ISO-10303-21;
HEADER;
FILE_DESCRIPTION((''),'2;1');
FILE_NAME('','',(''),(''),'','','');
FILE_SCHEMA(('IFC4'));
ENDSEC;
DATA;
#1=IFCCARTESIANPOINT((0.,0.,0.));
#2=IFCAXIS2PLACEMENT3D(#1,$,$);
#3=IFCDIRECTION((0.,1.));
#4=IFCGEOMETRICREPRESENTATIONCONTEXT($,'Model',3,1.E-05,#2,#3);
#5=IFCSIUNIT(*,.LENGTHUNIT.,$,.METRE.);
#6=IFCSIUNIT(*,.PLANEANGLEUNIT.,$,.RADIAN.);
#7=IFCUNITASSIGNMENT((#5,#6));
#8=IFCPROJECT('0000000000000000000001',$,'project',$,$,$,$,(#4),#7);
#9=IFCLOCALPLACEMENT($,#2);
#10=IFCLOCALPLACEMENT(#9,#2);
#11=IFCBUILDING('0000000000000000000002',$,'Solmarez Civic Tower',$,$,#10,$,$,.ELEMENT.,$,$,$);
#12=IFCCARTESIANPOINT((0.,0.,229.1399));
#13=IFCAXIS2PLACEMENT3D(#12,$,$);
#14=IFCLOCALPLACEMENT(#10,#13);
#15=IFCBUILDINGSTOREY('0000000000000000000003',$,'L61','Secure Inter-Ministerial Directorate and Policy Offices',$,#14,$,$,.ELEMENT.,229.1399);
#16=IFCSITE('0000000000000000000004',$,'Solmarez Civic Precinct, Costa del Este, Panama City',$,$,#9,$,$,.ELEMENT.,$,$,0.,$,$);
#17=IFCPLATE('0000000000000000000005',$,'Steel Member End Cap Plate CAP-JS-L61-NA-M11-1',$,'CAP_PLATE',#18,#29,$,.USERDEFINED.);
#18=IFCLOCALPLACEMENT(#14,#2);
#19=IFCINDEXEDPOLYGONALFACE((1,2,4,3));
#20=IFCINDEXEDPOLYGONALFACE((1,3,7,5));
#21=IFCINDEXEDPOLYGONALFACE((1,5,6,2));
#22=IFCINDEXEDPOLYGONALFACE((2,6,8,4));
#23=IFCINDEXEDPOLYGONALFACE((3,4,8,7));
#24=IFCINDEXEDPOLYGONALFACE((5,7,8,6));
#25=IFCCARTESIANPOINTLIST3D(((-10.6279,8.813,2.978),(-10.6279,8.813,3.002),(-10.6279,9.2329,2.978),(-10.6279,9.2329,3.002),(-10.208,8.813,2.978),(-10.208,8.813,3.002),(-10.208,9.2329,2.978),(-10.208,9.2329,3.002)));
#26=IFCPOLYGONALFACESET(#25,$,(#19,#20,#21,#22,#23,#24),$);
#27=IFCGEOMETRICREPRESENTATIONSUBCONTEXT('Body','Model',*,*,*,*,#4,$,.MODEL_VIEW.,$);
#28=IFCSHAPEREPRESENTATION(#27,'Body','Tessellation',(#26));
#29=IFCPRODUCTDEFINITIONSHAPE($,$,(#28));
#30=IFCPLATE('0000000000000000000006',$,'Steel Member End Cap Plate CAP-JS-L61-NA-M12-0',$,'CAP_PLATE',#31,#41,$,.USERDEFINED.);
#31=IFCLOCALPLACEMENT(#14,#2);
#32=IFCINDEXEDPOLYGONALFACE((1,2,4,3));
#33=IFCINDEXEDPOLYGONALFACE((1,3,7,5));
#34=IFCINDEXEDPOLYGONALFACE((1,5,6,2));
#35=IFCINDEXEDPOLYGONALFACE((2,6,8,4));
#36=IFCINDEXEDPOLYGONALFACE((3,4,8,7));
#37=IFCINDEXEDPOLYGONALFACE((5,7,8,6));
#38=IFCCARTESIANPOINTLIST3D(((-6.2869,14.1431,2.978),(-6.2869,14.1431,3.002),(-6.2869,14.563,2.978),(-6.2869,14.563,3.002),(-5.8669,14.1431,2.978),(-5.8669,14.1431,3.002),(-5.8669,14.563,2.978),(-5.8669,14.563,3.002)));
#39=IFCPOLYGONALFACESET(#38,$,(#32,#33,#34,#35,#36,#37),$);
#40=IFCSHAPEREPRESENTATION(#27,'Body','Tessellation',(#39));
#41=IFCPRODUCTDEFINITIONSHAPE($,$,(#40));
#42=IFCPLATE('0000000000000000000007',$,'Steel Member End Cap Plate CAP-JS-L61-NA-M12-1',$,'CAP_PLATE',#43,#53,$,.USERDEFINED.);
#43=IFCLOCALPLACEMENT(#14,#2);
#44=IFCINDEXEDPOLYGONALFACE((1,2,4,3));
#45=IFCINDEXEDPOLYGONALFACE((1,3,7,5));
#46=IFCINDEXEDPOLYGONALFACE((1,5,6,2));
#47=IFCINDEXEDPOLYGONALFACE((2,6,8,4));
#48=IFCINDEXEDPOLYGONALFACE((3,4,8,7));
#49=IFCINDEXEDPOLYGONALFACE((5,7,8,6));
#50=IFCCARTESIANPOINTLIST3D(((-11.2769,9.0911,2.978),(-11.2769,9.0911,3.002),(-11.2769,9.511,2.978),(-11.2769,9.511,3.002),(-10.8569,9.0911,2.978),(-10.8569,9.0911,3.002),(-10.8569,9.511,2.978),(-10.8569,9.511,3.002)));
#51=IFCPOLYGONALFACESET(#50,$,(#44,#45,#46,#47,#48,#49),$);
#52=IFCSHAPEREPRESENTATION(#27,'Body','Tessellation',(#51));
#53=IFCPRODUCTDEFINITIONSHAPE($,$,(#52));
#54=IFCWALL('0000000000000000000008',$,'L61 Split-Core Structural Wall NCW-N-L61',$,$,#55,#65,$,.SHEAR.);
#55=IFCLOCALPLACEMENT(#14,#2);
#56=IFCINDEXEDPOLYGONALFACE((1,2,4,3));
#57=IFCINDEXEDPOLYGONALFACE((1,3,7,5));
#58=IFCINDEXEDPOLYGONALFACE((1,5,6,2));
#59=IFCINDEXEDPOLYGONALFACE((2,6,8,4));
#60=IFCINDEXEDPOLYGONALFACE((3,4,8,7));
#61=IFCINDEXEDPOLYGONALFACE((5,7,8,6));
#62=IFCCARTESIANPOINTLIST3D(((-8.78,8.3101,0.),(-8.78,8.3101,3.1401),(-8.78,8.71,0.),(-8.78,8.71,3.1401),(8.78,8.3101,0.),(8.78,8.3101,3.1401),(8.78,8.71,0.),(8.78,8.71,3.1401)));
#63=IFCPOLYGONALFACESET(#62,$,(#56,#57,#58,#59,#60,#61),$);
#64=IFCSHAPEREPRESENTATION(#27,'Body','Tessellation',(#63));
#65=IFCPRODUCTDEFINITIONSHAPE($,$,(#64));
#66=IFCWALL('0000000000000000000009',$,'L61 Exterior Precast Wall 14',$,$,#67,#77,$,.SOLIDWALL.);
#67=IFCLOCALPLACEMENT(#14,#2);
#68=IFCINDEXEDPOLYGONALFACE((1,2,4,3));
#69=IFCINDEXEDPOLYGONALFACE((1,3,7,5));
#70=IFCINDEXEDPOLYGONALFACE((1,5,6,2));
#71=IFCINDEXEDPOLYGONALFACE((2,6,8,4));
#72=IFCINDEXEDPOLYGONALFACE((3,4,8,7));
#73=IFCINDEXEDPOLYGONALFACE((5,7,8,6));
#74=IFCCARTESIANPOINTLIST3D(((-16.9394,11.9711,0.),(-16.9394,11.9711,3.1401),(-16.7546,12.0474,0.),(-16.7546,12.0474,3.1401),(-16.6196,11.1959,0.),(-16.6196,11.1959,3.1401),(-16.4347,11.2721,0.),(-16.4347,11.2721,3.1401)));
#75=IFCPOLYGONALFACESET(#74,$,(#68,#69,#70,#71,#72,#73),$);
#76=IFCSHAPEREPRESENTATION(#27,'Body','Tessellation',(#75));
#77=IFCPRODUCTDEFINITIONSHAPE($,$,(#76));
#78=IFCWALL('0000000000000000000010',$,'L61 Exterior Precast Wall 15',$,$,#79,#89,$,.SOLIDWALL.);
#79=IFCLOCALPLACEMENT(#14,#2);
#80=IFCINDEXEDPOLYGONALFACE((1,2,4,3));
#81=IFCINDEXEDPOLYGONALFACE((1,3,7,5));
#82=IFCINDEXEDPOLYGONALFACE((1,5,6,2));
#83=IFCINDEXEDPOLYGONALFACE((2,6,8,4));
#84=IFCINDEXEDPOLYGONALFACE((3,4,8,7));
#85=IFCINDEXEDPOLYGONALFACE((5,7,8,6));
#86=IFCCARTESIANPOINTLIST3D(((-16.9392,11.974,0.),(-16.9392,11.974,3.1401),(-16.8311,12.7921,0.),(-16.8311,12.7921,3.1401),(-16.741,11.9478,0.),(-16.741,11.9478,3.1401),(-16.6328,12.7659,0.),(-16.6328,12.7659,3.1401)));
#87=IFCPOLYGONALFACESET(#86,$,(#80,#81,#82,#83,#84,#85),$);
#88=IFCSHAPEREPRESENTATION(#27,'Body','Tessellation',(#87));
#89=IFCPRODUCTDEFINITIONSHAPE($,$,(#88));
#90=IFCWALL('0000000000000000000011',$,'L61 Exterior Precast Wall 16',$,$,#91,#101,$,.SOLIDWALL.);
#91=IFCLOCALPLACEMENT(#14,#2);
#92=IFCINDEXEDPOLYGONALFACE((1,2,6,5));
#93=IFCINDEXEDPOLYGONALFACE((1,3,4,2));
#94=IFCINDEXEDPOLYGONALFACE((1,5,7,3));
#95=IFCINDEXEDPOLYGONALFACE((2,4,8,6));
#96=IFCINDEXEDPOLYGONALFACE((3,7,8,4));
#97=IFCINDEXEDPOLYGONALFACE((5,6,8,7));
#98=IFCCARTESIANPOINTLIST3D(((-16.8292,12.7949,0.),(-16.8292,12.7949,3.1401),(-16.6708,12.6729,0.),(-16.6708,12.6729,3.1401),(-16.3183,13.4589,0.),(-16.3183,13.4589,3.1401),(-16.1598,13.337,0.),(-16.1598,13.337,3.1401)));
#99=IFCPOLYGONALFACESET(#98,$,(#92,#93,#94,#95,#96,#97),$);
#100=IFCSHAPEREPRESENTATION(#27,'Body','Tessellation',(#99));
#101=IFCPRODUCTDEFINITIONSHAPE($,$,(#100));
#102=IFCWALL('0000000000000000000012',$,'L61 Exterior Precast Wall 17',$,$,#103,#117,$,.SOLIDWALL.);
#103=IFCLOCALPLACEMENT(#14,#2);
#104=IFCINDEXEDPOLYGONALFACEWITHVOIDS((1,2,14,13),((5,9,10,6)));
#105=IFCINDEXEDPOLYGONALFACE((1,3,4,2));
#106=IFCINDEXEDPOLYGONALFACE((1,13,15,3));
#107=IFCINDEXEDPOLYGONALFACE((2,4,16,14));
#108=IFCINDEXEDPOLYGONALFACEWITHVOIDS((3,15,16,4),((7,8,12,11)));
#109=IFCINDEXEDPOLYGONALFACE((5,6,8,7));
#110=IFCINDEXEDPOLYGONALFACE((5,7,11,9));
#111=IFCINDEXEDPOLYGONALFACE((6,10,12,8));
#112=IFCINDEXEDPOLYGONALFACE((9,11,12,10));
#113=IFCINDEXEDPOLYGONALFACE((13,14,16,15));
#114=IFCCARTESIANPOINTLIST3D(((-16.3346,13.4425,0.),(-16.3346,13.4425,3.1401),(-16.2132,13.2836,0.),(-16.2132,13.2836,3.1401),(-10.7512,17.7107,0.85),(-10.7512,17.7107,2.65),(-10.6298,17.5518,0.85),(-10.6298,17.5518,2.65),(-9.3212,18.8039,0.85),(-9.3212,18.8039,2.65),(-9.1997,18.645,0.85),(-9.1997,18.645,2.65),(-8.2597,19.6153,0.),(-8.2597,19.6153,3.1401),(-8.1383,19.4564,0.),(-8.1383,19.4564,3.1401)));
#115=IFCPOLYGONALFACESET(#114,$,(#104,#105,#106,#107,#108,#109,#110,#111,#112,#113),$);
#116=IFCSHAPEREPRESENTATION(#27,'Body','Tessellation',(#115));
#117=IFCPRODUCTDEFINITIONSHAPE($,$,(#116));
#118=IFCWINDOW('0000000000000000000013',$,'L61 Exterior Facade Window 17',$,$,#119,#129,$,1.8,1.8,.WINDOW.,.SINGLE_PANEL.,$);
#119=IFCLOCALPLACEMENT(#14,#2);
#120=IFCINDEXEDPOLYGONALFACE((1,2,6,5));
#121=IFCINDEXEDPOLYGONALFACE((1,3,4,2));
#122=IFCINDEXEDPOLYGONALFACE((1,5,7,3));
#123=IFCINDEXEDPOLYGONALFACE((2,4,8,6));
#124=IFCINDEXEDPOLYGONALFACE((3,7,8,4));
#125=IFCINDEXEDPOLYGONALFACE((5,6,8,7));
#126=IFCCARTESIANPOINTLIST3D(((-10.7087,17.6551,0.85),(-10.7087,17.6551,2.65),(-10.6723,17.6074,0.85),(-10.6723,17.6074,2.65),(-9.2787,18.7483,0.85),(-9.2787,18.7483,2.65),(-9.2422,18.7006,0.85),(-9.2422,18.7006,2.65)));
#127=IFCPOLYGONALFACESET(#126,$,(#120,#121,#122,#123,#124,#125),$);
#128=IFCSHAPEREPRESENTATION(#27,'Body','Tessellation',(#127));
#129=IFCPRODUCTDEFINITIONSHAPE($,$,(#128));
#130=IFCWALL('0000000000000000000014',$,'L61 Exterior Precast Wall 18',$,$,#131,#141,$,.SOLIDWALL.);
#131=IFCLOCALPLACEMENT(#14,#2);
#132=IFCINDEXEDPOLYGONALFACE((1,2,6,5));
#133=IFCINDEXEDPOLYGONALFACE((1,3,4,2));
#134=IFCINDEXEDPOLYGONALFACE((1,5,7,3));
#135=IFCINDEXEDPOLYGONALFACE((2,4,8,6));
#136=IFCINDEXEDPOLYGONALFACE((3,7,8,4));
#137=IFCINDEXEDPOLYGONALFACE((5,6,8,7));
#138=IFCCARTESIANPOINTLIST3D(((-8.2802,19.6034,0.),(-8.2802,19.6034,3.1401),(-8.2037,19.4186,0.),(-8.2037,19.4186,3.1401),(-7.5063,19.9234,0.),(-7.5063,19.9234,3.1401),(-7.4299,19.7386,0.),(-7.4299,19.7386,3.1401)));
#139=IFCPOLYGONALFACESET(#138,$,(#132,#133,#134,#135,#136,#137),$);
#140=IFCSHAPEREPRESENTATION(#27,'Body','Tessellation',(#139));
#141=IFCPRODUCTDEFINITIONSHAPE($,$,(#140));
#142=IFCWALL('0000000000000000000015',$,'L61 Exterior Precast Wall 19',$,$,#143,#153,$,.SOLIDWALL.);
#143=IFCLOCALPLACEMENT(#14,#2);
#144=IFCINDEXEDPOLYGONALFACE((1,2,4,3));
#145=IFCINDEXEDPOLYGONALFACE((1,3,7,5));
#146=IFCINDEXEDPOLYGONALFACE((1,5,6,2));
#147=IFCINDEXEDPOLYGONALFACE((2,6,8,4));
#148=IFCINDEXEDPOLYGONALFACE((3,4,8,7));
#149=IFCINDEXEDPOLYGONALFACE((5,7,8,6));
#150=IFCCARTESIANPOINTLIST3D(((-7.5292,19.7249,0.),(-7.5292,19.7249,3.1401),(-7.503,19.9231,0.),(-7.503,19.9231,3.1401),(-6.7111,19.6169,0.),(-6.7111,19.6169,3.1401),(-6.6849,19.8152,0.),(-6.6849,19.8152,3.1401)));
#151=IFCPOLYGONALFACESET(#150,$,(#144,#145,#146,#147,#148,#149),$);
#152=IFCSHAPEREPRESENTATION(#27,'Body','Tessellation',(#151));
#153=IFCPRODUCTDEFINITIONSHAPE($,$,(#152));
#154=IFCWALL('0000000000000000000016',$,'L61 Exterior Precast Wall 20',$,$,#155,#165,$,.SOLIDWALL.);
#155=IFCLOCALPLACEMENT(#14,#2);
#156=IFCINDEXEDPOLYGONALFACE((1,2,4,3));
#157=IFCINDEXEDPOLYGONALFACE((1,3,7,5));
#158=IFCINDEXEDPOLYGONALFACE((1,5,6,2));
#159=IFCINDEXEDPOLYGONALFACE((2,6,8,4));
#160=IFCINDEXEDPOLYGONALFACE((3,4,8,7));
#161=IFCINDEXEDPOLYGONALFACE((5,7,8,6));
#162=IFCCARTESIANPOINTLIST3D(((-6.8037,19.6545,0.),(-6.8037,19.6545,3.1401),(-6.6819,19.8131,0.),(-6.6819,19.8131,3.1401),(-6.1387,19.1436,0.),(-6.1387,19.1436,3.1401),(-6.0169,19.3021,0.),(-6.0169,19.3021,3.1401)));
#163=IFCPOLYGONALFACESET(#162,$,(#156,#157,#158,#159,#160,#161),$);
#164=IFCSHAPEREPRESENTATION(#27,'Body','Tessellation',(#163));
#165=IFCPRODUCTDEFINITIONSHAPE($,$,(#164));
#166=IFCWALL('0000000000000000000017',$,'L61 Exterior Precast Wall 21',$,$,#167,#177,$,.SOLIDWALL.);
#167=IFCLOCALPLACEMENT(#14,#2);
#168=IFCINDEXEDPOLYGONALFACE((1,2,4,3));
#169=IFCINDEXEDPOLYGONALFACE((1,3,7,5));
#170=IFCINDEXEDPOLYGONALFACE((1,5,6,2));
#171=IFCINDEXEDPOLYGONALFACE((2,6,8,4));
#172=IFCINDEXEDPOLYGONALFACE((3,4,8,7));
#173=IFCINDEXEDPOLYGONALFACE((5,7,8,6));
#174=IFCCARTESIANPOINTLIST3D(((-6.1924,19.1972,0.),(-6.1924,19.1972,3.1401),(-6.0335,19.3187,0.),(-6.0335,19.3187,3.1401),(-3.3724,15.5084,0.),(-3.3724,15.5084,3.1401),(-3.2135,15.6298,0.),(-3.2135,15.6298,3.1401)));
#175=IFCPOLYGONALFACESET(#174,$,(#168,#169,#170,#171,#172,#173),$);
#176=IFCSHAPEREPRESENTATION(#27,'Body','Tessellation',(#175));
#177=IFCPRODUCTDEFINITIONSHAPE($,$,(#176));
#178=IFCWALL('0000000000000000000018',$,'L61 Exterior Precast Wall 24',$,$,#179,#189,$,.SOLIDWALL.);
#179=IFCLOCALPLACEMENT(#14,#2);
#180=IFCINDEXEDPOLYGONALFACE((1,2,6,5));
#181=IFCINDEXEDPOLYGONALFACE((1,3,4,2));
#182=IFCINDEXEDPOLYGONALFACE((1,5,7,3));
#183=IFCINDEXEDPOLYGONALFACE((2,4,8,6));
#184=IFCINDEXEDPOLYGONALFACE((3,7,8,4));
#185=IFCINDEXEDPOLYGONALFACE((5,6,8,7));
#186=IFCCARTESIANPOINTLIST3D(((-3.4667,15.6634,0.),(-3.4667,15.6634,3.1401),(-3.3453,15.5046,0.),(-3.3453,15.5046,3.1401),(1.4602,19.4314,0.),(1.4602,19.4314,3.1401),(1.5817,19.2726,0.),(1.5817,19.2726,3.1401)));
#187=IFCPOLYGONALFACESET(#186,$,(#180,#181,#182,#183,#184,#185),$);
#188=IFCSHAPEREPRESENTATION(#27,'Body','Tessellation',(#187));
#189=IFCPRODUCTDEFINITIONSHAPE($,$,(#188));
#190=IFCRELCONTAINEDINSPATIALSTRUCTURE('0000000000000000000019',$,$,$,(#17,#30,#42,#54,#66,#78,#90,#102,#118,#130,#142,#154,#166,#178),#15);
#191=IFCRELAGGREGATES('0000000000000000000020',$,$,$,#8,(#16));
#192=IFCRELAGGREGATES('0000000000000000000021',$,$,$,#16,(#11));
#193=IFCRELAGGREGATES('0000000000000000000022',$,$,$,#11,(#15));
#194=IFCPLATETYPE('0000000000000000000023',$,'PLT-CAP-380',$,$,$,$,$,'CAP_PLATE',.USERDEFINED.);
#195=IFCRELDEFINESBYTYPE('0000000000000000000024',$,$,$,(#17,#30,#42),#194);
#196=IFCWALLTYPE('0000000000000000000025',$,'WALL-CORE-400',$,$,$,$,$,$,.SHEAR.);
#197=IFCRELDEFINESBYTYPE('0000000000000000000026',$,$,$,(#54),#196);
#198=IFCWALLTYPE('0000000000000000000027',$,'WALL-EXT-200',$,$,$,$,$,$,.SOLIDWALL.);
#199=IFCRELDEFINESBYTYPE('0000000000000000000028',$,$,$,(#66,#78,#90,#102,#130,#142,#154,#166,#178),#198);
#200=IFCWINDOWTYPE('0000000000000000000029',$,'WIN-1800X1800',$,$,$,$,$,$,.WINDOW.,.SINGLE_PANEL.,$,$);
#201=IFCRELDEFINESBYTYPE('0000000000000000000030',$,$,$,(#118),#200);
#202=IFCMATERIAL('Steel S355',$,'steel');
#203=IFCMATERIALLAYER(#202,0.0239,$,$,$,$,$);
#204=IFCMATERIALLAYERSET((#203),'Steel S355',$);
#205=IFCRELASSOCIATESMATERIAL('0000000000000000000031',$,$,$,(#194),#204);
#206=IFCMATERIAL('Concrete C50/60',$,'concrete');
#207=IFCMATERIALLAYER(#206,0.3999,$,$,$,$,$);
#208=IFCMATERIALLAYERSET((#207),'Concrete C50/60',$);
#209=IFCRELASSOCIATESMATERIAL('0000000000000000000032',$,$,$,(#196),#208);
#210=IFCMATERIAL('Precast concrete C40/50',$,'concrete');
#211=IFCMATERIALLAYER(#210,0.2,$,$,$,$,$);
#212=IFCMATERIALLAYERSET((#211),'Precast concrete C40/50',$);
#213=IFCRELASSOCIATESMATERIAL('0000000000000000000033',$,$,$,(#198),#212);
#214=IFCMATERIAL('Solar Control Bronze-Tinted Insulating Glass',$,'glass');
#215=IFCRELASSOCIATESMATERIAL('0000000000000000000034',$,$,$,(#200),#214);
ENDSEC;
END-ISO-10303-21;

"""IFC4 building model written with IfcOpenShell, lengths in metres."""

from ifc_helpers import new_model, si_unit, direction, frame, frame_2d, origin, origin_2d, place, context, subcontext, project, spatial, rectangle, extrude, material, layer, layer_set, type_object, element, fill, save


model = new_model("IFC4")

# Units and contexts
model_context = context("Model", 3, precision=1e-05, world=origin(), true_north=direction((0.0, 1.0)))
body_context = subcontext(model_context, "Body", "Model", "MODEL_VIEW")
ifc_project = project(units=[si_unit("LENGTHUNIT", "METRE"), si_unit("PLANEANGLEUNIT", "RADIAN")], contexts=[model_context])

# Site, building, storey
site_placement = place(None, origin())
site = spatial("IfcSite", under=ifc_project, at=site_placement, Name="Solmarez Civic Precinct, Costa del Este, Panama City", CompositionType="ELEMENT", RefElevation=0.0)
building_placement = place(site_placement, origin())
building = spatial("IfcBuilding", under=site, at=building_placement, Name="Solmarez Civic Tower", CompositionType="ELEMENT")
storey_placement = place(building_placement, frame((0.0, 0.0, 229.1399)))
storey = spatial("IfcBuildingStorey", under=building, at=storey_placement, Name="L61", Description="Secure Inter-Ministerial Directorate and Policy Offices", CompositionType="ELEMENT", Elevation=229.1399)

# Shared definitions
ifc_material_1 = material(Name="Concrete C50/60", Category="concrete")
ifc_material_2 = material(Name="Steel S355", Category="steel")

# Plates
ifc_layer_1 = layer(ifc_material_2, 0.0239)
ifc_layer_set_1 = layer_set([ifc_layer_1], Name="Steel S355")
plate_type = type_object("IfcPlateType", Name="PLT-CAP-380", ElementType="CAP_PLATE", PredefinedType="USERDEFINED", material=ifc_layer_set_1)
for number, where, z_axis, x_axis, name in (
    (1, (-10.418, 9.0229, 2.978), (0.0, 0.0, 1.0), (1.0, 0.0, 0.0), "Steel Member End Cap Plate CAP-JS-L61-NA-M11-1"),
    (2, (-6.0769, 14.353, 2.978), (0.0, 0.0, 1.0), (1.0, 0.0, 0.0), "Steel Member End Cap Plate CAP-JS-L61-NA-M12-0"),
    (3, (-11.0669, 9.301, 2.978), (0.0, 0.0, 1.0), (1.0, 0.0, 0.0), "Steel Member End Cap Plate CAP-JS-L61-NA-M12-1"),
):
    element("IfcPlate", number, at=place(storey_placement, frame(where, z_axis=z_axis, x_axis=x_axis)), inside=storey, type_object=plate_type, Name=name, ObjectType="CAP_PLATE", PredefinedType="USERDEFINED", context=body_context, shape_type="SweptSolid", body=[
        extrude(rectangle(XDim=0.4199, YDim=0.4199, at=origin_2d()), origin(), (0.0, 0.0, 1.0), 0.0239),
    ])

# Walls
ifc_layer_2 = layer(ifc_material_1, 0.3999)
ifc_layer_set_2 = layer_set([ifc_layer_2], Name="Concrete C50/60")
wall_type_1 = type_object("IfcWallType", Name="WALL-CORE-400", PredefinedType="SHEAR", material=ifc_layer_set_2)
wall_1_placement = place(storey_placement, frame((-8.78, 8.51, 0.0), z_axis=(0.0, 0.0, 1.0), x_axis=(1.0, 0.0, 0.0)))
element("IfcWall", 4, at=wall_1_placement, inside=storey, type_object=wall_type_1, Name="L61 Split-Core Structural Wall NCW-N-L61", PredefinedType="SHEAR", context=body_context, shape_type="SweptSolid", body=[
    extrude(rectangle(XDim=17.5601, YDim=0.3999, at=frame_2d((8.78, 0.0))), origin(), (0.0, 0.0, 1.0), 3.1401),
])
ifc_material_3 = material(Name="Precast concrete C40/50", Category="concrete")
ifc_layer_3 = layer(ifc_material_3, 0.2)
ifc_layer_set_3 = layer_set([ifc_layer_3], Name="Precast concrete C40/50")
wall_type_2 = type_object("IfcWallType", Name="WALL-EXT-200", PredefinedType="SOLIDWALL", material=ifc_layer_set_3)
wall_2_placement = place(storey_placement, frame((-16.5271, 11.2339, 0.0), z_axis=(0.0, 0.0, 1.0), x_axis=(-0.381409, 0.924407, 0.0)))
element("IfcWall", 5, at=wall_2_placement, inside=storey, type_object=wall_type_2, Name="L61 Exterior Precast Wall 14", PredefinedType="SOLIDWALL", context=body_context, shape_type="SweptSolid", body=[
    extrude(rectangle(XDim=0.8386, YDim=0.2, at=frame_2d((0.4194, 0.0))), origin(), (0.0, 0.0, 1.0), 3.1401),
])
wall_3_placement = place(storey_placement, frame((-16.8401, 11.9609, 0.0), z_axis=(0.0, 0.0, 1.0), x_axis=(0.131059, 0.991375, 0.0)))
element("IfcWall", 6, at=wall_3_placement, inside=storey, type_object=wall_type_2, Name="L61 Exterior Precast Wall 15", PredefinedType="SOLIDWALL", context=body_context, shape_type="SweptSolid", body=[
    extrude(rectangle(XDim=0.8252, YDim=0.2, at=frame_2d((0.4126, 0.0))), origin(), (0.0, 0.0, 1.0), 3.1401),
])
wall_4_placement = place(storey_placement, frame((-16.75, 12.7339, 0.0), z_axis=(0.0, 0.0, 1.0), x_axis=(0.609837, 0.792526, 0.0)))
element("IfcWall", 7, at=wall_4_placement, inside=storey, type_object=wall_type_2, Name="L61 Exterior Precast Wall 16", PredefinedType="SOLIDWALL", context=body_context, shape_type="SweptSolid", body=[
    extrude(rectangle(XDim=0.8379, YDim=0.2, at=frame_2d((0.4189, 0.0))), origin(), (0.0, 0.0, 1.0), 3.1401),
])

# Wall, opening, window
wall_5_placement = place(storey_placement, frame((-16.2739, 13.363, 0.0), z_axis=(0.0, 0.0, 1.0), x_axis=(0.794458, 0.607319, 0.0)))
wall_5 = element("IfcWall", 8, at=wall_5_placement, inside=storey, type_object=wall_type_2, Name="L61 Exterior Precast Wall 17", PredefinedType="SOLIDWALL", context=body_context, shape_type="SweptSolid", body=[
    extrude(rectangle(XDim=10.1641, YDim=0.2, at=frame_2d((5.082, 0.0))), origin(), (0.0, 0.0, 1.0), 3.1401),
])
opening_1_placement = place(wall_5_placement, frame((7.0281, 0.0, 0.8501)))
opening_1 = element("IfcOpeningElement", 9, at=opening_1_placement, cuts=wall_5, PredefinedType="OPENING", context=body_context, shape_type="SweptSolid", body=[
    extrude(rectangle(XDim=1.8, YDim=1.8, at=frame_2d((0.8999, 0.8999))), frame((0.0, 0.1099, 0.0), z_axis=(0.0, -1.0, 0.0), x_axis=(1.0, 0.0, 0.0)), (0.0, 0.0, 1.0), 0.22),
])
ifc_material_4 = material(Name="Solar Control Bronze-Tinted Insulating Glass", Category="glass")
window_type = type_object("IfcWindowType", Name="WIN-1800X1800", PartitioningType="SINGLE_PANEL", PredefinedType="WINDOW", material=ifc_material_4)
window_placement = place(opening_1_placement, origin())
window = element("IfcWindow", 10, at=window_placement, inside=storey, type_object=window_type, Name="L61 Exterior Facade Window 17", OverallHeight=1.8, OverallWidth=1.8, PartitioningType="SINGLE_PANEL", PredefinedType="WINDOW", context=body_context, shape_type="SweptSolid", body=[
    extrude(rectangle(XDim=1.8, YDim=1.8, at=frame_2d((0.8999, 0.8999))), frame((0.0, 0.03, 0.0), z_axis=(0.0, -1.0, 0.0), x_axis=(1.0, 0.0, 0.0)), (0.0, 0.0, 1.0), 0.0601),
])
fill(opening_1, window)

# Walls
wall_6_placement = place(storey_placement, frame((-8.2419, 19.511, 0.0), z_axis=(0.0, 0.0, 1.0), x_axis=(0.924091, 0.382172, 0.0)))
element("IfcWall", 11, at=wall_6_placement, inside=storey, type_object=wall_type_2, Name="L61 Exterior Precast Wall 18", PredefinedType="SOLIDWALL", context=body_context, shape_type="SweptSolid", body=[
    extrude(rectangle(XDim=0.8374, YDim=0.2, at=frame_2d((0.4187, 0.0))), origin(), (0.0, 0.0, 1.0), 3.1401),
])
wall_7_placement = place(storey_placement, frame((-7.5161, 19.824, 0.0), z_axis=(0.0, 0.0, 1.0), x_axis=(0.991413, -0.130768, 0.0)))
element("IfcWall", 12, at=wall_7_placement, inside=storey, type_object=wall_type_2, Name="L61 Exterior Precast Wall 19", PredefinedType="SOLIDWALL", context=body_context, shape_type="SweptSolid", body=[
    extrude(rectangle(XDim=0.8252, YDim=0.2, at=frame_2d((0.4126, 0.0))), origin(), (0.0, 0.0, 1.0), 3.1401),
])
wall_8_placement = place(storey_placement, frame((-6.7429, 19.7339, 0.0), z_axis=(0.0, 0.0, 1.0), x_axis=(0.792959, -0.609275, 0.0)))
element("IfcWall", 13, at=wall_8_placement, inside=storey, type_object=wall_type_2, Name="L61 Exterior Precast Wall 20", PredefinedType="SOLIDWALL", context=body_context, shape_type="SweptSolid", body=[
    extrude(rectangle(XDim=0.8386, YDim=0.2, at=frame_2d((0.4194, 0.0))), origin(), (0.0, 0.0, 1.0), 3.1401),
])
wall_9_placement = place(storey_placement, frame((-6.113, 19.2581, 0.0), z_axis=(0.0, 0.0, 1.0), x_axis=(0.607327, -0.794452, 0.0)))
element("IfcWall", 14, at=wall_9_placement, inside=storey, type_object=wall_type_2, Name="L61 Exterior Precast Wall 21", PredefinedType="SOLIDWALL", context=body_context, shape_type="SweptSolid", body=[
    extrude(rectangle(XDim=4.6433, YDim=0.2, at=frame_2d((2.3218, 0.0))), origin(), (0.0, 0.0, 1.0), 3.1401),
])
wall_10_placement = place(storey_placement, frame((-3.406, 15.584, 0.0), z_axis=(0.0, 0.0, 1.0), x_axis=(0.79433, 0.607487, 0.0)))
element("IfcWall", 15, at=wall_10_placement, inside=storey, type_object=wall_type_2, Name="L61 Exterior Precast Wall 24", PredefinedType="SOLIDWALL", context=body_context, shape_type="SweptSolid", body=[
    extrude(rectangle(XDim=6.2026, YDim=0.2, at=frame_2d((3.1013, 0.0))), origin(), (0.0, 0.0, 1.0), 3.1401),
])

save(model, "model.ifc")
